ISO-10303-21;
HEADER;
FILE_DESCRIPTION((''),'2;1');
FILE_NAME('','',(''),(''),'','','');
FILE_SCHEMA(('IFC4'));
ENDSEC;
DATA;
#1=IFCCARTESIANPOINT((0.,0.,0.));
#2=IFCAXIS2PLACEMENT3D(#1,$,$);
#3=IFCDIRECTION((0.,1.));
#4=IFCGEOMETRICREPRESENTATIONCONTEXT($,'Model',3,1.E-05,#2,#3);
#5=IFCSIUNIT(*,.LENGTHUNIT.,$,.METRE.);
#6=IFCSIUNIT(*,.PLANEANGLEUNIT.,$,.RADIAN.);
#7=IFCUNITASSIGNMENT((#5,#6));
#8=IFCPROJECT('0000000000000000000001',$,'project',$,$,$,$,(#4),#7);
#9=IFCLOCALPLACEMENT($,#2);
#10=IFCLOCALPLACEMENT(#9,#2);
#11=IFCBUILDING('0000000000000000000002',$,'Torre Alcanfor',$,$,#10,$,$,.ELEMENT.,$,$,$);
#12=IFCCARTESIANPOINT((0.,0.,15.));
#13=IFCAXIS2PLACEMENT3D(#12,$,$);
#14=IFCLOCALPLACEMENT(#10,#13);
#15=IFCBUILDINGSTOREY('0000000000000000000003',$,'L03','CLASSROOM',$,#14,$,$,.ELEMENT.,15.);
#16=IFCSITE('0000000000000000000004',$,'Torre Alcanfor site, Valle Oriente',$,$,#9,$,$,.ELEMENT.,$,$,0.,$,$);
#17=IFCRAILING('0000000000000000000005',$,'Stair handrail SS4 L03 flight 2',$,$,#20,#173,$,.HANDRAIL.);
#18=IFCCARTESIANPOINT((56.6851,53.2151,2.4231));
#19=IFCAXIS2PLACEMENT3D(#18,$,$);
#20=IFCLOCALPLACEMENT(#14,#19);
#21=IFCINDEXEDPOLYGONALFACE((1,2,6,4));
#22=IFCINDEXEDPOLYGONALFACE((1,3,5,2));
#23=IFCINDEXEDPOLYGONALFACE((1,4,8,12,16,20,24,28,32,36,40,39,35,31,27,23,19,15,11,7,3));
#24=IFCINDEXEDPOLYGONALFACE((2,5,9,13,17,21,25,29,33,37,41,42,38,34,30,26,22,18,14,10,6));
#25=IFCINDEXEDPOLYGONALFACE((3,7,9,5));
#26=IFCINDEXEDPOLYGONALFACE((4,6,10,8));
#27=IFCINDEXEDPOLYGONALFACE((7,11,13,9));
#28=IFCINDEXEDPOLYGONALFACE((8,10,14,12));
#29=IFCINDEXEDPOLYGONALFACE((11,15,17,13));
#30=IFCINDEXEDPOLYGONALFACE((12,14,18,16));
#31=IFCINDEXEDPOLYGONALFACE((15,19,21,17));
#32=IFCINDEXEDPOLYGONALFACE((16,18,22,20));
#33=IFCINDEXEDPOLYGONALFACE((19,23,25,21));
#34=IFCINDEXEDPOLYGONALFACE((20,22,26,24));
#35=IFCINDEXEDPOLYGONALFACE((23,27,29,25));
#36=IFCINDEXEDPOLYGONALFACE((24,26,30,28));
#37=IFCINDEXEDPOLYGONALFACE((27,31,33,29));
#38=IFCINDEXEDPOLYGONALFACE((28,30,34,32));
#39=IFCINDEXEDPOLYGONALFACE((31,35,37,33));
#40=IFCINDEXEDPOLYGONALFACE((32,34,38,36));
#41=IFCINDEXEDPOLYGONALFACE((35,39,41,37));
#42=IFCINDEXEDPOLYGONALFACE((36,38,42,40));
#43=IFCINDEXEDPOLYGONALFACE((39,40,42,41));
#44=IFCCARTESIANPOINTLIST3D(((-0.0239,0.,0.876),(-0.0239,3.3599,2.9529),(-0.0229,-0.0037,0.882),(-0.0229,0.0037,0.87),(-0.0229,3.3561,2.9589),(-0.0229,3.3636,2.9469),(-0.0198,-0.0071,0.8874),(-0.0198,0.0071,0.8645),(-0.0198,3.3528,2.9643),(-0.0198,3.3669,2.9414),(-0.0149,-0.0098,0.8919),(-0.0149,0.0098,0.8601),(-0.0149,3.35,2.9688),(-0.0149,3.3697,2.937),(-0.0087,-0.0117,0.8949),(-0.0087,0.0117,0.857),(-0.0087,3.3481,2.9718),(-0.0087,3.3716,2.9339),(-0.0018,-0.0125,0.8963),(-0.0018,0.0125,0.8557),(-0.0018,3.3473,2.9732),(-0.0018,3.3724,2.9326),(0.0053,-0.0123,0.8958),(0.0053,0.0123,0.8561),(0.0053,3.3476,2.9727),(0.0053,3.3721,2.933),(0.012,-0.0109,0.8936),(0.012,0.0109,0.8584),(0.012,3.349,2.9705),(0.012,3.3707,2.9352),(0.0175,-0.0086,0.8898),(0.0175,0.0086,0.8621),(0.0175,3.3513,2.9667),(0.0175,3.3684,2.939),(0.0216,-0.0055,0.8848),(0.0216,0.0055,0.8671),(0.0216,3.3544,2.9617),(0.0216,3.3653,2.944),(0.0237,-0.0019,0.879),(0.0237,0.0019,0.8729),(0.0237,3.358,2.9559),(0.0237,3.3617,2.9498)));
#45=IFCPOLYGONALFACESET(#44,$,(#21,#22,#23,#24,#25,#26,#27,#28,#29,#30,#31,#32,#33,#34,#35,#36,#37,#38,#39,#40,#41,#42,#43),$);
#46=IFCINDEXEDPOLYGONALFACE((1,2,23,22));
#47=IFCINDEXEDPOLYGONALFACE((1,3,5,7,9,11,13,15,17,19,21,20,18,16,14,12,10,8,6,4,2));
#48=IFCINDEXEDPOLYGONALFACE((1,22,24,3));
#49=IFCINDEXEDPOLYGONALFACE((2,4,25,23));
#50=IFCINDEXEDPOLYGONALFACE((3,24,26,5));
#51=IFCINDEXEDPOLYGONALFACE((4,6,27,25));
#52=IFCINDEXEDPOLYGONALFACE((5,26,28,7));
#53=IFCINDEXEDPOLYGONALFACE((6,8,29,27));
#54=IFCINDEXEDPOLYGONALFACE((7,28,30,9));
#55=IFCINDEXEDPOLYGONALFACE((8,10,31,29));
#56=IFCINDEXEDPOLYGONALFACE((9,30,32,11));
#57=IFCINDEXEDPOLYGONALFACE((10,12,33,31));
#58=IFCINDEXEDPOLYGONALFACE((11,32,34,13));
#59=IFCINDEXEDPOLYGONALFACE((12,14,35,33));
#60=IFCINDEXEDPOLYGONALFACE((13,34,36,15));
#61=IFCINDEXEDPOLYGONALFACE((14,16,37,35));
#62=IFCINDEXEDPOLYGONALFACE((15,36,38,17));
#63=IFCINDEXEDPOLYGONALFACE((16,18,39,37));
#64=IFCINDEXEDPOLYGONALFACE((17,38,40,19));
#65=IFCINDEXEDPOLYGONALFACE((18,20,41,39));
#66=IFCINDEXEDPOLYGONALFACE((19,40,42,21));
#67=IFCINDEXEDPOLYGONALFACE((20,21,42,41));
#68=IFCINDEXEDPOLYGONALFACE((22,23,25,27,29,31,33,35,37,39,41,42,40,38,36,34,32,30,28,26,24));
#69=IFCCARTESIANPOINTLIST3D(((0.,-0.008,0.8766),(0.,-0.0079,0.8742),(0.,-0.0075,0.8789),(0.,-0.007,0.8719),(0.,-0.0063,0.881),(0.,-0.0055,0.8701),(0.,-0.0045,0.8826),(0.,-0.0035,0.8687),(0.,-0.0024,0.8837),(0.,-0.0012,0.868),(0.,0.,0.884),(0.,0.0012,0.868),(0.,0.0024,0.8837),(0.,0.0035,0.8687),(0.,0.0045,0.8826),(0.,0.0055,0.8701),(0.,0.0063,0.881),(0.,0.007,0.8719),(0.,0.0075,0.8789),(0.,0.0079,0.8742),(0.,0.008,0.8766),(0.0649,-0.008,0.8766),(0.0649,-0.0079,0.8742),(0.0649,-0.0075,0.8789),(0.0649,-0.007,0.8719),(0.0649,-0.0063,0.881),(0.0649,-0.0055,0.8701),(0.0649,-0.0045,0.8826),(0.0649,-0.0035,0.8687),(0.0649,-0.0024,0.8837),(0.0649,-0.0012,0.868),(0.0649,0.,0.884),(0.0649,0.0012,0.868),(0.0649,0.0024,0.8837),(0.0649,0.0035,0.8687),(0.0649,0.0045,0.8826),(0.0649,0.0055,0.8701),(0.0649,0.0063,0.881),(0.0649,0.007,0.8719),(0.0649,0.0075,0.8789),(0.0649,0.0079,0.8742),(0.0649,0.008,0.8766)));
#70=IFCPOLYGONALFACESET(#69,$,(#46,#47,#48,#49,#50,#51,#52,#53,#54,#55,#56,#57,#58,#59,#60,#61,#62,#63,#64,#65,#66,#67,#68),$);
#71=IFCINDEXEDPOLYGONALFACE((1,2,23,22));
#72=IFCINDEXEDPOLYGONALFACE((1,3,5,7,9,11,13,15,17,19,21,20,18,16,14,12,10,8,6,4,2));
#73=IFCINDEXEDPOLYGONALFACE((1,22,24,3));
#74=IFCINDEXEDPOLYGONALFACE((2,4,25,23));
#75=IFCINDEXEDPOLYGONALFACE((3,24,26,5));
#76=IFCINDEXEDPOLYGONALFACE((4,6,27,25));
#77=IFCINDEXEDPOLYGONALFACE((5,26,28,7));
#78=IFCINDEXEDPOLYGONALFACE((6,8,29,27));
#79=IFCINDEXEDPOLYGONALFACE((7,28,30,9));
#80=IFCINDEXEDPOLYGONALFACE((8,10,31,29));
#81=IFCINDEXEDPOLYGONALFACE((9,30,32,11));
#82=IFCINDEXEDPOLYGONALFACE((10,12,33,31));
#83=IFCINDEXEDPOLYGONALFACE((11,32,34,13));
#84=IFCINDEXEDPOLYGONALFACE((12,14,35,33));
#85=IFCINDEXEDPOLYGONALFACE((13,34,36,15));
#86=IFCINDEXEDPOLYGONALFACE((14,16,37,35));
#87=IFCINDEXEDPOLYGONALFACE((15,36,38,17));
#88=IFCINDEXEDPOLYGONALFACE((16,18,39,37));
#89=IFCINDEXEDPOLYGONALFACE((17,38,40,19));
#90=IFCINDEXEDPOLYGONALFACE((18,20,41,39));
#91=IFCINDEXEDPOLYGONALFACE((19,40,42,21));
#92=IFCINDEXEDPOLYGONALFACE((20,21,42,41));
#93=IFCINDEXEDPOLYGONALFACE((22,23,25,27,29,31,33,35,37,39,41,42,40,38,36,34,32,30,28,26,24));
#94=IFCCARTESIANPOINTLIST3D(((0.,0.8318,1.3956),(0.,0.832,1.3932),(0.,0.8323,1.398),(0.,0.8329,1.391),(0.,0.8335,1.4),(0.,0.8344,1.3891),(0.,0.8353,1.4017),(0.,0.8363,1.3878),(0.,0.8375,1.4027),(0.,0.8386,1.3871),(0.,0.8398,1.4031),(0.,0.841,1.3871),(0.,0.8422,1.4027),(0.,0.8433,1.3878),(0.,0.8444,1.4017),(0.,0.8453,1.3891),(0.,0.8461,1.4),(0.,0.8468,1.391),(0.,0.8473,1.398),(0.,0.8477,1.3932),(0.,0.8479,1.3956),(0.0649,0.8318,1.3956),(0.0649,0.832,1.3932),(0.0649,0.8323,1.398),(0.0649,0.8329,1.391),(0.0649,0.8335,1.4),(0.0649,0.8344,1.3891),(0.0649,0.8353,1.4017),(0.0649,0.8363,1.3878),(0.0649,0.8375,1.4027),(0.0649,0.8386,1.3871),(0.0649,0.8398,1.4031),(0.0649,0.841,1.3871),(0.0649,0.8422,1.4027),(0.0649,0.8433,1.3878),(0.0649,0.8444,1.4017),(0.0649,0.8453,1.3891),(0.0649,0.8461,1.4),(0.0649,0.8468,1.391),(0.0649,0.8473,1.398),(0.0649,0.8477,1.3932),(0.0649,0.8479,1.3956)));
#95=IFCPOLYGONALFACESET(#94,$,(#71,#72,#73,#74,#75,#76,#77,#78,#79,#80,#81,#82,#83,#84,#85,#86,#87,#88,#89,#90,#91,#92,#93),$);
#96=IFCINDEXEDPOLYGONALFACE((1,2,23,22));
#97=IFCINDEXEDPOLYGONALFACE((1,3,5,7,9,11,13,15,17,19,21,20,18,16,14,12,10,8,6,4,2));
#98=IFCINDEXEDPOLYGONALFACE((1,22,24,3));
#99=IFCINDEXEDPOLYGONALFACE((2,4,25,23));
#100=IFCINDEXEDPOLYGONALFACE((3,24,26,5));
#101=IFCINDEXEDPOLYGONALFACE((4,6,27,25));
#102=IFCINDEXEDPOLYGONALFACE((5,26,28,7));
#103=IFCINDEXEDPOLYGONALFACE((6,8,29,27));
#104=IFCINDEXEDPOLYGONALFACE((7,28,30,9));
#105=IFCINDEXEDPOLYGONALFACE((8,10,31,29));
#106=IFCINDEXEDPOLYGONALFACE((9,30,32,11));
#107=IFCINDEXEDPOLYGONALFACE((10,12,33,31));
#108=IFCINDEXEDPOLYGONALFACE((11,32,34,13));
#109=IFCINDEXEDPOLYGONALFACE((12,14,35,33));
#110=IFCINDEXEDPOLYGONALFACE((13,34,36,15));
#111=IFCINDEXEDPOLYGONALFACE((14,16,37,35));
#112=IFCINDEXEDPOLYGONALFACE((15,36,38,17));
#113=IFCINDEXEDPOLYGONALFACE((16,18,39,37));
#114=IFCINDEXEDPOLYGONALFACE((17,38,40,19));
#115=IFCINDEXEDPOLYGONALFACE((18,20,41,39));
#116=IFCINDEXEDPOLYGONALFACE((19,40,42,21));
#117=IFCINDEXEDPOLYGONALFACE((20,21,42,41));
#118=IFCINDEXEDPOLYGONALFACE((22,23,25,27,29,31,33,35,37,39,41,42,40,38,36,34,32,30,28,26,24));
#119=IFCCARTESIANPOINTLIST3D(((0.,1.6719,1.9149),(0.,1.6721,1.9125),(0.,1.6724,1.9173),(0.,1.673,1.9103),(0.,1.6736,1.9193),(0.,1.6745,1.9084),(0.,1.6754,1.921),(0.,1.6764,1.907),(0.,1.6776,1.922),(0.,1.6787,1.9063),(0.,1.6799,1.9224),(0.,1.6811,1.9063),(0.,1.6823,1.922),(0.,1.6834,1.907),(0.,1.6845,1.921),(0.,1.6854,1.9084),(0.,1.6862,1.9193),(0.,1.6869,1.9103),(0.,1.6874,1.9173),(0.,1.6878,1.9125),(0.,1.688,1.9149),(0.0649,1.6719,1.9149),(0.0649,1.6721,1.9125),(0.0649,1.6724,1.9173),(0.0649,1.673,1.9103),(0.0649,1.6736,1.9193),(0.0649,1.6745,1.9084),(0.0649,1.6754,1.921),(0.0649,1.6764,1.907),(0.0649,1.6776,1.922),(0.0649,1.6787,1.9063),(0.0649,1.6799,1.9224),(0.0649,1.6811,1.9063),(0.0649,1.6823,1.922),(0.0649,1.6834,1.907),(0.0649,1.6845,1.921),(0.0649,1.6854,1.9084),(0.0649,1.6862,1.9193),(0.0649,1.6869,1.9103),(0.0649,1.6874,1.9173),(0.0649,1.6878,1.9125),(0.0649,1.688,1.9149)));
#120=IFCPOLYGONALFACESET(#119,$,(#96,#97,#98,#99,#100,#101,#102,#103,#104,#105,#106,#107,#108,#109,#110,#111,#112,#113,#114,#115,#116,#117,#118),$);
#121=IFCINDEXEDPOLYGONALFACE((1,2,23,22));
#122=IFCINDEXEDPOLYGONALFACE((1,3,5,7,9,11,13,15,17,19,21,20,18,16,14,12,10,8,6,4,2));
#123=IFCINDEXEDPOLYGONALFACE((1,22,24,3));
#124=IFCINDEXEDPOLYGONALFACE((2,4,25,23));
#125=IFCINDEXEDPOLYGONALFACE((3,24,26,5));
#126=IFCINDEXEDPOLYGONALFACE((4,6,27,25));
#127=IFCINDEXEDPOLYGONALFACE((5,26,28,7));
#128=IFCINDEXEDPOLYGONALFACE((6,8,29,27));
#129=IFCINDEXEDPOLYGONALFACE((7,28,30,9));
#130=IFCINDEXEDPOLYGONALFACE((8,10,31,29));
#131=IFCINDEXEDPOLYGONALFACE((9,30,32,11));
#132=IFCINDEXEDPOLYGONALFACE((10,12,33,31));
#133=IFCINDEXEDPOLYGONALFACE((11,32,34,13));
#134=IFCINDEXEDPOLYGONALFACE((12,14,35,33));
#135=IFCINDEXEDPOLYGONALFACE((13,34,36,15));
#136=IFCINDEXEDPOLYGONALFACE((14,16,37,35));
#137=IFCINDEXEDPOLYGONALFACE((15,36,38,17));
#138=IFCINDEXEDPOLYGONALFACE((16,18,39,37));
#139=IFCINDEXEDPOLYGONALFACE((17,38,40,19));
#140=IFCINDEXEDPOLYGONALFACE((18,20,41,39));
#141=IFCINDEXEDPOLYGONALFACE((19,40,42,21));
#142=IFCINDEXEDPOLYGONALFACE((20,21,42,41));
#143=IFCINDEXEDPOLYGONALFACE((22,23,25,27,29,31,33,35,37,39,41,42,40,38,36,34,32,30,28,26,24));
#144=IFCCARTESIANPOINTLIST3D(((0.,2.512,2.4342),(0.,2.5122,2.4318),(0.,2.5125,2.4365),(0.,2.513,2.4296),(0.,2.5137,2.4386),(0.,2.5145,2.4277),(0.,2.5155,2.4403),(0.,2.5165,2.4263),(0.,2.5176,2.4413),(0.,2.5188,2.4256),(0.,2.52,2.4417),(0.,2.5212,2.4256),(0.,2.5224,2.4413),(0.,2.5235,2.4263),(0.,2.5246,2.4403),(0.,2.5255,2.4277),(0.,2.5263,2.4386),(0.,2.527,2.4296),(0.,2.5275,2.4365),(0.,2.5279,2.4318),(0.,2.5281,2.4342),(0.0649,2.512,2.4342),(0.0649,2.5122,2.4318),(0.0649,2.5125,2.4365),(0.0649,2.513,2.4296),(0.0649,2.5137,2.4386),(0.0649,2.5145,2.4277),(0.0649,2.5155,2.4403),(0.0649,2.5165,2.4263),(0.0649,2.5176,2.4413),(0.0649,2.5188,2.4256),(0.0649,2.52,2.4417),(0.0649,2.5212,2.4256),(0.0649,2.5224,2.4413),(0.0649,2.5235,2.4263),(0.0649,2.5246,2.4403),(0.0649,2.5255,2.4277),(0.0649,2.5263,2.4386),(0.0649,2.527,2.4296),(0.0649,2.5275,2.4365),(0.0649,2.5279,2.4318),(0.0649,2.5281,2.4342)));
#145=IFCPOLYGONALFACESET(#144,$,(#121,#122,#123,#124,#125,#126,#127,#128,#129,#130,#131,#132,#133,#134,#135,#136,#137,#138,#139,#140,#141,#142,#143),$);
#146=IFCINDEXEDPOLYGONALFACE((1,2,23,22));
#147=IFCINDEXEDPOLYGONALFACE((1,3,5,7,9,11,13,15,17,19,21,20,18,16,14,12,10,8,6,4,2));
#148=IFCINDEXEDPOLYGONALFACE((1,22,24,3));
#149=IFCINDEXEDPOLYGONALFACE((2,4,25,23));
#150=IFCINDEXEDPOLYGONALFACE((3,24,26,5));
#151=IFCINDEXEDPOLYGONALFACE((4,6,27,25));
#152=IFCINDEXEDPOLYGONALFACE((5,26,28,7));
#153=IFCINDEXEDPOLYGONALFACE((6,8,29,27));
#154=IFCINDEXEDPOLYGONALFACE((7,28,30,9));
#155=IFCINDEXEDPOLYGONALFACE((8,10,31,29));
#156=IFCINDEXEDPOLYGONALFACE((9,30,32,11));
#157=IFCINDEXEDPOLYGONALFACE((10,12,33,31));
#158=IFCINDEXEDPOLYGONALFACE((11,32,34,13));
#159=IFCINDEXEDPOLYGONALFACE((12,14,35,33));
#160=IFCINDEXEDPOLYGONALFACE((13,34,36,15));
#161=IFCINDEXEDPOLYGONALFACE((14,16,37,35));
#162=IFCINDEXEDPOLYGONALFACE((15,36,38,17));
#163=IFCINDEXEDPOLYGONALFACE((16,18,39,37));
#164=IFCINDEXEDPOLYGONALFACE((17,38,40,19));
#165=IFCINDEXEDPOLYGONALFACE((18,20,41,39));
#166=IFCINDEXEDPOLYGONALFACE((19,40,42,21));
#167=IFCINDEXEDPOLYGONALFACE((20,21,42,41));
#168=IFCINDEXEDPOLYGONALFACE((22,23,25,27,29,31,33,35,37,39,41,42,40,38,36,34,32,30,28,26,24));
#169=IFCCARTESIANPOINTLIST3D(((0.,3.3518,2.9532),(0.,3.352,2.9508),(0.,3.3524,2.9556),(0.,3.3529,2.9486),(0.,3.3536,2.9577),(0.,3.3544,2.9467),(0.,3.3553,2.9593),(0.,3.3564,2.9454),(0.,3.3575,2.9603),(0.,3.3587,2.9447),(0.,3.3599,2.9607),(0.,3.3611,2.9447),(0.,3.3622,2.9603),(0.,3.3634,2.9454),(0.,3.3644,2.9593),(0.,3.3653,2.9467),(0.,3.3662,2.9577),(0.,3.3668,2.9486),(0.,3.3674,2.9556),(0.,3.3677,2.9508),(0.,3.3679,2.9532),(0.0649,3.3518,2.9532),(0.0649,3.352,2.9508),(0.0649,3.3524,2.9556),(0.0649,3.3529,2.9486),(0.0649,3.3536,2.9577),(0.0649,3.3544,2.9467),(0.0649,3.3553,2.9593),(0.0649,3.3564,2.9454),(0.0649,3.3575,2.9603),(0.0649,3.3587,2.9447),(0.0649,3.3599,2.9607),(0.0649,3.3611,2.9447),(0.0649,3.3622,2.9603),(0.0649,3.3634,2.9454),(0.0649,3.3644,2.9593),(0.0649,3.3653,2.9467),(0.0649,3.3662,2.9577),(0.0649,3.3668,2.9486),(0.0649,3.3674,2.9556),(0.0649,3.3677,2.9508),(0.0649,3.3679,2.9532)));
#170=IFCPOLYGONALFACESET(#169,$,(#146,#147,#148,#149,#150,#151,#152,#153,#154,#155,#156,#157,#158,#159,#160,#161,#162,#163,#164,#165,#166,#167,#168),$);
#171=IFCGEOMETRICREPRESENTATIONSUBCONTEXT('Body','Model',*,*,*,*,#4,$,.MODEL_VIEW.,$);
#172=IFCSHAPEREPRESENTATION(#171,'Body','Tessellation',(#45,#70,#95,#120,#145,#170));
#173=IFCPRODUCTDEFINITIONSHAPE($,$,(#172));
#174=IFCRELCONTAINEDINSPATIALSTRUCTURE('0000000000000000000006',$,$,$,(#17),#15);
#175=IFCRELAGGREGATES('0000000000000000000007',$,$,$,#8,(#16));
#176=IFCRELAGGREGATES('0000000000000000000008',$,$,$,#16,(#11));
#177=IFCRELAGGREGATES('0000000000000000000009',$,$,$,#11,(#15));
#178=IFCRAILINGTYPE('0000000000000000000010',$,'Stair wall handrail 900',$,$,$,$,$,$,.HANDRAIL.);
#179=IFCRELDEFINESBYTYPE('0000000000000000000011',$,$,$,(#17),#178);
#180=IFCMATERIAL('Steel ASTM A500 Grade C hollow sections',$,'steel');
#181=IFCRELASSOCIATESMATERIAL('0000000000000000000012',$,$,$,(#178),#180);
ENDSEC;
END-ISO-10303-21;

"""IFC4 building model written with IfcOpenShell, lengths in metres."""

from ifc_helpers import new_model, si_unit, direction, frame, origin, origin_2d, place, context, subcontext, project, spatial, circle, extrude, material, type_object, element, save


model = new_model("IFC4")

# Units and contexts
model_context = context("Model", 3, precision=1e-05, world=origin(), true_north=direction((0.0, 1.0)))
body_context = subcontext(model_context, "Body", "Model", "MODEL_VIEW")
ifc_project = project(units=[si_unit("LENGTHUNIT", "METRE"), si_unit("PLANEANGLEUNIT", "RADIAN")], contexts=[model_context])

# Site, building, storey
site_placement = place(None, origin())
site = spatial("IfcSite", under=ifc_project, at=site_placement, Name="Torre Alcanfor site, Valle Oriente", CompositionType="ELEMENT", RefElevation=0.0)
building_placement = place(site_placement, origin())
building = spatial("IfcBuilding", under=site, at=building_placement, Name="Torre Alcanfor", CompositionType="ELEMENT")
storey_placement = place(building_placement, frame((0.0, 0.0, 15.0)))
storey = spatial("IfcBuildingStorey", under=building, at=storey_placement, Name="L03", Description="CLASSROOM", CompositionType="ELEMENT", Elevation=15.0)

# Railing
ifc_material_1 = material(Name="Steel ASTM A500 Grade C hollow sections", Category="steel")
railing_type_1 = type_object("IfcRailingType", Name="Stair wall handrail 900", PredefinedType="HANDRAIL", material=ifc_material_1)
railing_1_placement = place(storey_placement, frame((56.6851, 53.2151, 2.4231)))
element("IfcRailing", 1, at=railing_1_placement, inside=storey, type_object=railing_type_1, Name="Stair handrail SS4 L03 flight 2", PredefinedType="HANDRAIL", context=body_context, shape_type="SweptSolid", body=[
    extrude(circle(Radius=0.0239, at=origin_2d()), frame((0.0, 0.0, 0.876), z_axis=(0.0, 0.850606, 0.525803), x_axis=(-1.0, 0.0, 0.0)), (0.0, 0.0, 1.0), 3.95),
    extrude(circle(Radius=0.0081, at=origin_2d()), frame((0.0, 0.0, 0.876), z_axis=(1.0, 0.0, 0.0), x_axis=(0.0, 0.0, 1.0)), (0.0, 0.0, 1.0), 0.0649),
    extrude(circle(Radius=0.0081, at=origin_2d()), frame((0.0, 0.8398, 1.395), z_axis=(1.0, 0.0, 0.0), x_axis=(0.0, 0.0, 1.0)), (0.0, 0.0, 1.0), 0.0649),
    extrude(circle(Radius=0.0081, at=origin_2d()), frame((0.0, 1.6799, 1.9143), z_axis=(1.0, 0.0, 0.0), x_axis=(0.0, 0.0, 1.0)), (0.0, 0.0, 1.0), 0.0649),
    extrude(circle(Radius=0.0081, at=origin_2d()), frame((0.0, 2.52, 2.4336), z_axis=(1.0, 0.0, 0.0), x_axis=(0.0, 0.0, 1.0)), (0.0, 0.0, 1.0), 0.0649),
    extrude(circle(Radius=0.0081, at=origin_2d()), frame((0.0, 3.3599, 2.9526), z_axis=(1.0, 0.0, 0.0), x_axis=(0.0, 0.0, 1.0)), (0.0, 0.0, 1.0), 0.0649),
])

save(model, "model.ifc")
